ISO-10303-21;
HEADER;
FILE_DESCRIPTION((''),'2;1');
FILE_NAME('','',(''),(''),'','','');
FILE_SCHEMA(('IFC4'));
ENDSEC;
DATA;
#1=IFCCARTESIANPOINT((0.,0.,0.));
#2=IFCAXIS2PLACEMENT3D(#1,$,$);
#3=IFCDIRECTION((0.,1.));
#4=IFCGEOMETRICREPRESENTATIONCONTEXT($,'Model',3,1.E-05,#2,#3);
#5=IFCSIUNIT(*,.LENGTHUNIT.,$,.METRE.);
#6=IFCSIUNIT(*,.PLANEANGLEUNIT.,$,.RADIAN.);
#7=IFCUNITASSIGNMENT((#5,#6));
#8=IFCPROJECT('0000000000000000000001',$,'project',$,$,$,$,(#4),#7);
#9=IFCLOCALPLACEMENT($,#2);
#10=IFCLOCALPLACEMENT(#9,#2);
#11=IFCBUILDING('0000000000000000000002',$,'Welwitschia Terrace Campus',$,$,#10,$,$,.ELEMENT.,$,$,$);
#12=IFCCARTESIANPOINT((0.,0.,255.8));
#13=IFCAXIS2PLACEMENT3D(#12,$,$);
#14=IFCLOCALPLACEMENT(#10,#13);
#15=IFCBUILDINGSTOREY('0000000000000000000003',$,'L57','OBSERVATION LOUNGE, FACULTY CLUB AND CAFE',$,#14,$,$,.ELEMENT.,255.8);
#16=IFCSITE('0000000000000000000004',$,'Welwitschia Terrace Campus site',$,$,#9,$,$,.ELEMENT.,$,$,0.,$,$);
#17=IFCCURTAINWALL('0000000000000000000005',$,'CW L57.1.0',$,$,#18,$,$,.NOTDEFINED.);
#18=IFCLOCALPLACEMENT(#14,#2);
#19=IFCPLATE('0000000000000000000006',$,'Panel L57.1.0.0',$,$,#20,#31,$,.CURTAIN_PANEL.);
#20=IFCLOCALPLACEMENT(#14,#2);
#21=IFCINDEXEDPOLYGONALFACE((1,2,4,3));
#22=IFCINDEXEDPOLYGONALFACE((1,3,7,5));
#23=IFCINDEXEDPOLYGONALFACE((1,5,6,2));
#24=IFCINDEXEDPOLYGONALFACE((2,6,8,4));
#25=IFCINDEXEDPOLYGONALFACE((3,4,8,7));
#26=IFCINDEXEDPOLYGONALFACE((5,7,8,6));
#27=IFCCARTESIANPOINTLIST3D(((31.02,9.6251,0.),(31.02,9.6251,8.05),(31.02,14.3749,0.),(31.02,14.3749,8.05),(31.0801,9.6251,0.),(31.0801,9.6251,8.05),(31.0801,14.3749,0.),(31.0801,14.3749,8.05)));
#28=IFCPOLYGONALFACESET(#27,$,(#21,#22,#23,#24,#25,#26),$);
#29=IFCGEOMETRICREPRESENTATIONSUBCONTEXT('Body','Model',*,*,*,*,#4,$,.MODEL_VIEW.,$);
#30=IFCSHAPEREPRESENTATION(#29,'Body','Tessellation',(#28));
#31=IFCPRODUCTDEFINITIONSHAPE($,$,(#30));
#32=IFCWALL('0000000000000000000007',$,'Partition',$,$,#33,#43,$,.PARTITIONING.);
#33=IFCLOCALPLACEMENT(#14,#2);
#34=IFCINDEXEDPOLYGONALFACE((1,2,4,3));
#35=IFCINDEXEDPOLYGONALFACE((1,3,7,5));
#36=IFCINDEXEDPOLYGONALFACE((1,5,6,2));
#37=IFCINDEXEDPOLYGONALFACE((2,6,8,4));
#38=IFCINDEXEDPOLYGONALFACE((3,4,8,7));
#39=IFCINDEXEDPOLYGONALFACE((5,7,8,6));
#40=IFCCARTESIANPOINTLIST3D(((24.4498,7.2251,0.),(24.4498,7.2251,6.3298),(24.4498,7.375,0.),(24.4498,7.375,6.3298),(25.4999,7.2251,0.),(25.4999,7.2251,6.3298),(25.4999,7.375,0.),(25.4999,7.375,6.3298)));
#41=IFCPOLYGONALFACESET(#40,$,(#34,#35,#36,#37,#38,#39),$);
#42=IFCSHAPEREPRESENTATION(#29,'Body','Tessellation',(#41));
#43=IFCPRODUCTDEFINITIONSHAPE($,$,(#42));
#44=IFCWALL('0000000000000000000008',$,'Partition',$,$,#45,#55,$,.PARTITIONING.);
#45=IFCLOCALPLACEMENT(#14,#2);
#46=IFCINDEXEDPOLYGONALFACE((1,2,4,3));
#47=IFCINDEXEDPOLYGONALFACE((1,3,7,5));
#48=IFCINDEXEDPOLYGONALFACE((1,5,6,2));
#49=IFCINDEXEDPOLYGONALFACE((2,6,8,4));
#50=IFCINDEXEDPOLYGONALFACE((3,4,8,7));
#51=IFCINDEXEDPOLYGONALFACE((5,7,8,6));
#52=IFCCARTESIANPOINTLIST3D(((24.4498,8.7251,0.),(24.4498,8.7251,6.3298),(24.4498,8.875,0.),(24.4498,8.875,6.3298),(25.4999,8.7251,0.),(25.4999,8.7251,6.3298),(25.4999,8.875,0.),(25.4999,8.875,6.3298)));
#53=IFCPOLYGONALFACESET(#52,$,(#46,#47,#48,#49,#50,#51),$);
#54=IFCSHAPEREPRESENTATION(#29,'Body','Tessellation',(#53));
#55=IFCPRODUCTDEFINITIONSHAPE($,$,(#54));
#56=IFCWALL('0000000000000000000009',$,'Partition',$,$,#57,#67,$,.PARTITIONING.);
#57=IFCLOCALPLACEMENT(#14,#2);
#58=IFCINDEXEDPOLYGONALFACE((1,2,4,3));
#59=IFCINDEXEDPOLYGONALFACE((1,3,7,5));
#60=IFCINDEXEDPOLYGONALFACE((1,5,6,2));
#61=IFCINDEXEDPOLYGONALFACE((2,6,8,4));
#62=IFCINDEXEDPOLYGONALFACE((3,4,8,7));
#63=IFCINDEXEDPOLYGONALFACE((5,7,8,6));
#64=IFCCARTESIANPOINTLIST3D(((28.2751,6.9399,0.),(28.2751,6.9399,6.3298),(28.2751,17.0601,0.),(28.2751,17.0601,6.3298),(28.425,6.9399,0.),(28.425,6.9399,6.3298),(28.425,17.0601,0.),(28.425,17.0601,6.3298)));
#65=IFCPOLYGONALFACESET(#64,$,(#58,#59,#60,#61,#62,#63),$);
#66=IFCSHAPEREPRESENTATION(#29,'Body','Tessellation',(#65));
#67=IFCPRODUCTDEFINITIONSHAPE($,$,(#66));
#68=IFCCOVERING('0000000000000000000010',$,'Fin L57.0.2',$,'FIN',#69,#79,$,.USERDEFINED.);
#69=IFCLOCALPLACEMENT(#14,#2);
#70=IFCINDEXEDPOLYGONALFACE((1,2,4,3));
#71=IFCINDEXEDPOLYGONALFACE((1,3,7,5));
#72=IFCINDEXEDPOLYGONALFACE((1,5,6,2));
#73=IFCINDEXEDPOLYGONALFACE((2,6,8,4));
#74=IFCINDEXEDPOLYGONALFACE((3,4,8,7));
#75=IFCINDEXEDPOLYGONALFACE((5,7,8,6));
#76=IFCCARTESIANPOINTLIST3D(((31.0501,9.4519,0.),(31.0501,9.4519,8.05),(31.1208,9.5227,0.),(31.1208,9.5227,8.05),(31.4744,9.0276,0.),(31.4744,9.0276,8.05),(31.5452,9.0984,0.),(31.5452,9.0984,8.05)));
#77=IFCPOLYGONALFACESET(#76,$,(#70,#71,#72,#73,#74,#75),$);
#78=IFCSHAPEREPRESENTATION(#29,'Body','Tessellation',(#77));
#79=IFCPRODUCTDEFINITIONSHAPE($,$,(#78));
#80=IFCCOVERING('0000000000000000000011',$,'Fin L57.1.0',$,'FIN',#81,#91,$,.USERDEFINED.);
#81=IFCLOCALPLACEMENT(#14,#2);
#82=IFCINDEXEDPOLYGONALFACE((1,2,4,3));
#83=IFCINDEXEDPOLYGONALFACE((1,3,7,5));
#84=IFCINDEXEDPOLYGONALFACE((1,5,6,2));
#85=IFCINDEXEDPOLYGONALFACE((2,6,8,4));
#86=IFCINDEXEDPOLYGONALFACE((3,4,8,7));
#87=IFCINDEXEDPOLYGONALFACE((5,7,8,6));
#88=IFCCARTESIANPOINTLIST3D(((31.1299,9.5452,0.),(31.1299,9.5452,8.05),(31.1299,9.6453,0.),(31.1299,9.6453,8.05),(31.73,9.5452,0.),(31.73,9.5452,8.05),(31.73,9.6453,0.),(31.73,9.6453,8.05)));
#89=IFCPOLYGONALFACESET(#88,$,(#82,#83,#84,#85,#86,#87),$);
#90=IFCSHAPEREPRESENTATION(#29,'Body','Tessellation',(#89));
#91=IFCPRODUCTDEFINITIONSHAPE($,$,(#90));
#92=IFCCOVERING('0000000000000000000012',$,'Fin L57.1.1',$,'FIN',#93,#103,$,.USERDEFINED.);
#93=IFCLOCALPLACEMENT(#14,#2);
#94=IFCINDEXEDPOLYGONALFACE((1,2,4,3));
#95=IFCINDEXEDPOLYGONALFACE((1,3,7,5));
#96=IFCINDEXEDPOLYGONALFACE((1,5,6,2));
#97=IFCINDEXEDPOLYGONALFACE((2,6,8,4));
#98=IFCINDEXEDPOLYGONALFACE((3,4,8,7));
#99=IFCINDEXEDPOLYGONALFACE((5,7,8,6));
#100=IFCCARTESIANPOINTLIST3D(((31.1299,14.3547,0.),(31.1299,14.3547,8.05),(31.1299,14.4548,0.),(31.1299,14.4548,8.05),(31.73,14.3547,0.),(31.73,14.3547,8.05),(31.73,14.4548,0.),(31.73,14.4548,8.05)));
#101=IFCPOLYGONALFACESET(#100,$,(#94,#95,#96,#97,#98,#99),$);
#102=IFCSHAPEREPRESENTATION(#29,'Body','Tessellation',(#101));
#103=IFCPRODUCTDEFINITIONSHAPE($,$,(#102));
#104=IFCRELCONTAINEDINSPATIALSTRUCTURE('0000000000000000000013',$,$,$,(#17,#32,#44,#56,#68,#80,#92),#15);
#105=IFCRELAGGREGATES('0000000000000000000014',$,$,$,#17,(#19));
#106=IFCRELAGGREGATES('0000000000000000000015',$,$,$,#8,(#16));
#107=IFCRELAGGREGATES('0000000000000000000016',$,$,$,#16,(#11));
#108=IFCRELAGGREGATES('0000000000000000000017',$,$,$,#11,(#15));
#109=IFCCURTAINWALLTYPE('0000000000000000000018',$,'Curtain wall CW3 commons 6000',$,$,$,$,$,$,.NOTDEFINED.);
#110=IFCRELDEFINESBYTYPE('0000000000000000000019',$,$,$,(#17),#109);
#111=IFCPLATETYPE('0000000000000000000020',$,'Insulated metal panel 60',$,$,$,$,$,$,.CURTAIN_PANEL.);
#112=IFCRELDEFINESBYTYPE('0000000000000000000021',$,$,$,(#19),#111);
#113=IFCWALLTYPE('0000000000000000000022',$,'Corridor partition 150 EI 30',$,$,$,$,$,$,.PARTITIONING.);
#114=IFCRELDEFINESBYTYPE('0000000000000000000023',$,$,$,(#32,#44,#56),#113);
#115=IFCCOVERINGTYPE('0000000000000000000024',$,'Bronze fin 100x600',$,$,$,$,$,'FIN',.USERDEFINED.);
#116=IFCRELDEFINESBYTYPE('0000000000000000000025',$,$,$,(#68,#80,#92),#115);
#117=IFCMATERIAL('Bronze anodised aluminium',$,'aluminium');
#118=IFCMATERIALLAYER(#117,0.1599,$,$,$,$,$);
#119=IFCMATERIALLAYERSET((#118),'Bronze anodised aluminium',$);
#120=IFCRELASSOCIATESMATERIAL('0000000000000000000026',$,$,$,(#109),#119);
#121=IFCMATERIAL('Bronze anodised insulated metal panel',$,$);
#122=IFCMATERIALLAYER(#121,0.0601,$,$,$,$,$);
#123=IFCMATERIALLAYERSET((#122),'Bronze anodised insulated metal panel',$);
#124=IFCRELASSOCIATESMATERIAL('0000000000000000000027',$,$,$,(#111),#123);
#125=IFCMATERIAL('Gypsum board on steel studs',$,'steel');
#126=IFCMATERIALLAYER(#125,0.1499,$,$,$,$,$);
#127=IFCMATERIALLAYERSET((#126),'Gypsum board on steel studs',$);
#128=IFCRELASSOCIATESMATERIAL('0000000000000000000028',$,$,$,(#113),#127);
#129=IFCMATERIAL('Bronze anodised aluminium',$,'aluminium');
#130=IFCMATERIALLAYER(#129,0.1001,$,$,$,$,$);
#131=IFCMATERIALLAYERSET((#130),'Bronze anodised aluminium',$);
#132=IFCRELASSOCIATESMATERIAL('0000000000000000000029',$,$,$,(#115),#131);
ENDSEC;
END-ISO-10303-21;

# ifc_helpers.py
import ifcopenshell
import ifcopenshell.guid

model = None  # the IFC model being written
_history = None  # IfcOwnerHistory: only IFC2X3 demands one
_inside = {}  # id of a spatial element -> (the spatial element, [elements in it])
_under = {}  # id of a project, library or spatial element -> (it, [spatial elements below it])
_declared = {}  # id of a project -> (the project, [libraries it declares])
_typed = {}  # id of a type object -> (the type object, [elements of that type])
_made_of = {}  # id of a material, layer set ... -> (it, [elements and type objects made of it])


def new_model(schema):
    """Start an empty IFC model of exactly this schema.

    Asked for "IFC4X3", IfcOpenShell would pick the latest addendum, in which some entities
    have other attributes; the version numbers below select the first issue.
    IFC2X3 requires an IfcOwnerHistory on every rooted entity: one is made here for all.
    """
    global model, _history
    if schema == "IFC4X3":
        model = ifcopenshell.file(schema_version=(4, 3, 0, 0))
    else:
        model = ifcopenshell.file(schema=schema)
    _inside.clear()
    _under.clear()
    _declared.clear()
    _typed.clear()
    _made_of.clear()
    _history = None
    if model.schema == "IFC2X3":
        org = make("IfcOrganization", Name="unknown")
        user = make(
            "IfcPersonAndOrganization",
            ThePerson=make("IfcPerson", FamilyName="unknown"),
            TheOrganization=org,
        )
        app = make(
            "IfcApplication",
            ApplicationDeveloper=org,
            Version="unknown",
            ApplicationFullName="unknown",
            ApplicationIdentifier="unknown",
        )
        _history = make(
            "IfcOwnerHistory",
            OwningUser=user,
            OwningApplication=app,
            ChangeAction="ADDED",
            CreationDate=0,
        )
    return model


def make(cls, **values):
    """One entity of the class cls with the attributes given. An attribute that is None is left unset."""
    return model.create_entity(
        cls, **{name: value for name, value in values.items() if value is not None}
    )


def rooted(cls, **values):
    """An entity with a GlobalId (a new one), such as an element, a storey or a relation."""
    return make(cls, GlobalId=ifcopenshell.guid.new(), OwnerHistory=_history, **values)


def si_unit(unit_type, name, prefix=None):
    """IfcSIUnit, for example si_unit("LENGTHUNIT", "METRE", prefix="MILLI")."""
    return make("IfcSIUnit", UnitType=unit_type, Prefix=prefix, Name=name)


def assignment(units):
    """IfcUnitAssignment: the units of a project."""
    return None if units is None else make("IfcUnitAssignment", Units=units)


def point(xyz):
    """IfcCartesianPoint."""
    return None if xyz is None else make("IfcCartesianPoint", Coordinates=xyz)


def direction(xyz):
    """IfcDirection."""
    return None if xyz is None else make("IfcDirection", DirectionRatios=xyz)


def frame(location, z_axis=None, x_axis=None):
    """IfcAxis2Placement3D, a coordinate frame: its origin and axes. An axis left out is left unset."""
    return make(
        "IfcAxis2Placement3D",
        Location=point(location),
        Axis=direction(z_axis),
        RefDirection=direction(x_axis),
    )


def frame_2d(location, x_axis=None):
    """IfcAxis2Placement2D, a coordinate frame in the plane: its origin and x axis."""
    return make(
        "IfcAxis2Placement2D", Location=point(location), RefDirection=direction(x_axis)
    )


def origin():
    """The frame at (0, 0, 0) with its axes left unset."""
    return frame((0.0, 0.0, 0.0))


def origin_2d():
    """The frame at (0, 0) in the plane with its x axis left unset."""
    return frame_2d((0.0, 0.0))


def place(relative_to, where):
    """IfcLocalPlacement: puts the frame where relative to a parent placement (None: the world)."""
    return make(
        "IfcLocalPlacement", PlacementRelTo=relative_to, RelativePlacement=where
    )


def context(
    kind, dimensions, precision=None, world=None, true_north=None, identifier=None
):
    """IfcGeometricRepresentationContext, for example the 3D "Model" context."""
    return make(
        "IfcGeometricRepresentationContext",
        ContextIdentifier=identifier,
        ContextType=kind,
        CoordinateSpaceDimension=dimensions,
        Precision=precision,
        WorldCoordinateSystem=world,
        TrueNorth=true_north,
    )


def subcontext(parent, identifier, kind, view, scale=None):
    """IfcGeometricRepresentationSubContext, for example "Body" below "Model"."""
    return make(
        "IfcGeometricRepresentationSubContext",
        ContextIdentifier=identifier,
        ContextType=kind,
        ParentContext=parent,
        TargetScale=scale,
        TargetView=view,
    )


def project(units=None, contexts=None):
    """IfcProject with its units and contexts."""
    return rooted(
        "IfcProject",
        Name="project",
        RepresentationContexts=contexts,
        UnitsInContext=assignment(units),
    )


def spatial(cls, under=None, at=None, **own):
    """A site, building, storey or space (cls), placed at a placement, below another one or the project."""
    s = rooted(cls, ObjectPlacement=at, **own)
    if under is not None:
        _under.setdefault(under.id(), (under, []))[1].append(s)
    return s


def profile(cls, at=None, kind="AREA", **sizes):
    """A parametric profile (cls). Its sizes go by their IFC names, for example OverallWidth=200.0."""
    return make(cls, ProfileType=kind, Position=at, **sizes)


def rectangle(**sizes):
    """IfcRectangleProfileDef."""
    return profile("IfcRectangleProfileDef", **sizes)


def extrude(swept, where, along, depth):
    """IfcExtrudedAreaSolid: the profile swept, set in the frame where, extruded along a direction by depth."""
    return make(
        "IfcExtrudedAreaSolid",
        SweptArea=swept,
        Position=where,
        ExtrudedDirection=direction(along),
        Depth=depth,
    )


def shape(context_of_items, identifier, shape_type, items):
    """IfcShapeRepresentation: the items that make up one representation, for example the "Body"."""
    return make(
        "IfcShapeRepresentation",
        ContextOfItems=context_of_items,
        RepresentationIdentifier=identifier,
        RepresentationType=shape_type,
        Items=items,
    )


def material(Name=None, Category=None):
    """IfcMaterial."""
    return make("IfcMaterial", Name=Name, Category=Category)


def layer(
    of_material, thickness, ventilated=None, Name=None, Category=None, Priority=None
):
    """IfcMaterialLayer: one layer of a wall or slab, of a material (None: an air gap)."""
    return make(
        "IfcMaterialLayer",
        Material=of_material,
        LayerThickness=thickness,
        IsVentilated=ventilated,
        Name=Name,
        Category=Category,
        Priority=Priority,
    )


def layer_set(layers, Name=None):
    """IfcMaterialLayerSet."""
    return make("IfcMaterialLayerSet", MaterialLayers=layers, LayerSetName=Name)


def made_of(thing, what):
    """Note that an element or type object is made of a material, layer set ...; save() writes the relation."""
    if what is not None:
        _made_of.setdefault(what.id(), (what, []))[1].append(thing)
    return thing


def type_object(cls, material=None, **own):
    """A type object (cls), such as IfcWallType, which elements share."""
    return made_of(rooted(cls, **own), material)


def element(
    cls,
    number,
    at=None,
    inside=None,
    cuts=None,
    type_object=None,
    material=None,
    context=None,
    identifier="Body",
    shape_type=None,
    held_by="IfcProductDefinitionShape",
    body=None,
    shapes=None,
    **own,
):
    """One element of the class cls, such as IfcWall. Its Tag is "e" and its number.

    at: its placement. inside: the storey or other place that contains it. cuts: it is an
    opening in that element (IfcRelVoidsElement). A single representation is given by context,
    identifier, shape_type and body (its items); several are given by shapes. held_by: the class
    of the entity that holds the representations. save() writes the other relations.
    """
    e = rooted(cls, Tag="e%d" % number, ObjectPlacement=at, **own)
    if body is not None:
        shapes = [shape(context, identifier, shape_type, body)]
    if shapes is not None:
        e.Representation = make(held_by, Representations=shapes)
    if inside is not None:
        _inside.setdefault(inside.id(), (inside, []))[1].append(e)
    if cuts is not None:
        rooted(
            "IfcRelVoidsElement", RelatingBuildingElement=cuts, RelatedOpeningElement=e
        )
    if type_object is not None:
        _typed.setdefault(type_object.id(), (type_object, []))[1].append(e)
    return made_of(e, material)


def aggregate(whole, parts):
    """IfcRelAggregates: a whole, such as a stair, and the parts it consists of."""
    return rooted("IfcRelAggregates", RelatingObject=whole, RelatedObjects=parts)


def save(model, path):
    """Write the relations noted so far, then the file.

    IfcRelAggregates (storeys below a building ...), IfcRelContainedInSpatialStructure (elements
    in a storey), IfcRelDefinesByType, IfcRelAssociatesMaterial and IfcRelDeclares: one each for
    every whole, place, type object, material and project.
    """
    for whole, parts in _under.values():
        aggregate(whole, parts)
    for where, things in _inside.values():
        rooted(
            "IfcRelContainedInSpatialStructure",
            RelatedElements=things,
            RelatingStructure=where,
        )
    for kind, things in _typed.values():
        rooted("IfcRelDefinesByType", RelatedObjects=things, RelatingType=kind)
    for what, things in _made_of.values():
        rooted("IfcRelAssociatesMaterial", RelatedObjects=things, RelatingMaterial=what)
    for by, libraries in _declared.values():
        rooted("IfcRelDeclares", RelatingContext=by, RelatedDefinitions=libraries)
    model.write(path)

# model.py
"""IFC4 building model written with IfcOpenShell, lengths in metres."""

from ifc_helpers import new_model, si_unit, direction, frame, frame_2d, origin, origin_2d, place, context, subcontext, project, spatial, rectangle, extrude, material, layer, layer_set, type_object, element, aggregate, save


model = new_model("IFC4")

# Units and contexts
model_context = context("Model", 3, precision=1e-05, world=origin(), true_north=direction((0.0, 1.0)))
body_context = subcontext(model_context, "Body", "Model", "MODEL_VIEW")
ifc_project = project(units=[si_unit("LENGTHUNIT", "METRE"), si_unit("PLANEANGLEUNIT", "RADIAN")], contexts=[model_context])

# Site, building, storey
site_placement = place(None, origin())
site = spatial("IfcSite", under=ifc_project, at=site_placement, Name="Welwitschia Terrace Campus site", CompositionType="ELEMENT", RefElevation=0.0)
building_placement = place(site_placement, origin())
building = spatial("IfcBuilding", under=site, at=building_placement, Name="Welwitschia Terrace Campus", CompositionType="ELEMENT")
storey_placement = place(building_placement, frame((0.0, 0.0, 255.8)))
storey = spatial("IfcBuildingStorey", under=building, at=storey_placement, Name="L57", Description="OBSERVATION LOUNGE, FACULTY CLUB AND CAFE", CompositionType="ELEMENT", Elevation=255.8)

# Curtain wall
ifc_material_1 = material(Name="Bronze anodised aluminium", Category="aluminium")
ifc_layer_1 = layer(ifc_material_1, 0.1599)
ifc_layer_set_1 = layer_set([ifc_layer_1], Name="Bronze anodised aluminium")
curtain_wall_type = type_object("IfcCurtainWallType", Name="Curtain wall CW3 commons 6000", PredefinedType="NOTDEFINED", material=ifc_layer_set_1)
curtain_wall_1_placement = place(storey_placement, origin())
curtain_wall_1 = element("IfcCurtainWall", 1, at=curtain_wall_1_placement, inside=storey, type_object=curtain_wall_type, Name="CW L57.1.0", PredefinedType="NOTDEFINED")

# Plate
ifc_material_2 = material(Name="Bronze anodised insulated metal panel")
ifc_layer_2 = layer(ifc_material_2, 0.0601)
ifc_layer_set_2 = layer_set([ifc_layer_2], Name="Bronze anodised insulated metal panel")
plate_type = type_object("IfcPlateType", Name="Insulated metal panel 60", PredefinedType="CURTAIN_PANEL", material=ifc_layer_set_2)
plate_1_placement = place(storey_placement, frame((31.05, 12.0, 0.0), z_axis=(0.0, 0.0, 1.0), x_axis=(0.0, 1.0, 0.0)))
plate_1 = element("IfcPlate", 2, at=plate_1_placement, type_object=plate_type, Name="Panel L57.1.0.0", PredefinedType="CURTAIN_PANEL", context=body_context, shape_type="SweptSolid", body=[
    extrude(rectangle(XDim=4.7498, YDim=0.0601, at=origin_2d()), origin(), (0.0, 0.0, 1.0), 8.05),
])
aggregate(curtain_wall_1, [plate_1])

# Walls
ifc_material_3 = material(Name="Gypsum board on steel studs", Category="steel")
ifc_layer_3 = layer(ifc_material_3, 0.1499)
ifc_layer_set_3 = layer_set([ifc_layer_3], Name="Gypsum board on steel studs")
wall_type = type_object("IfcWallType", Name="Corridor partition 150 EI 30", PredefinedType="PARTITIONING", material=ifc_layer_set_3)
for number, where, z_axis, x_axis, name in (
    (3, (24.45, 7.3, 0.0), (0.0, 0.0, 1.0), (1.0, 0.0, 0.0), "Partition"),
    (4, (24.45, 8.8, 0.0), (0.0, 0.0, 1.0), (1.0, 0.0, 0.0), "Partition"),
):
    element("IfcWall", number, at=place(storey_placement, frame(where, z_axis=z_axis, x_axis=x_axis)), inside=storey, type_object=wall_type, Name=name, PredefinedType="PARTITIONING", context=body_context, shape_type="SweptSolid", body=[
        extrude(rectangle(XDim=1.05, YDim=0.1499, at=frame_2d((0.5249, 0.0))), origin(), (0.0, 0.0, 1.0), 6.3298),
    ])
wall_placement = place(storey_placement, frame((28.3501, 6.9399, 0.0), z_axis=(0.0, 0.0, 1.0), x_axis=(0.0, 1.0, 0.0)))
element("IfcWall", 5, at=wall_placement, inside=storey, type_object=wall_type, Name="Partition", PredefinedType="PARTITIONING", context=body_context, shape_type="SweptSolid", body=[
    extrude(rectangle(XDim=10.1201, YDim=0.1499, at=frame_2d((5.0601, 0.0))), origin(), (0.0, 0.0, 1.0), 6.3298),
])

# Coverings
ifc_material_4 = material(Name="Bronze anodised aluminium", Category="aluminium")
ifc_layer_4 = layer(ifc_material_4, 0.1001)
ifc_layer_set_4 = layer_set([ifc_layer_4], Name="Bronze anodised aluminium")
covering_type = type_object("IfcCoveringType", Name="Bronze fin 100x600", ElementType="FIN", PredefinedType="USERDEFINED", material=ifc_layer_set_4)
for number, where, z_axis, x_axis, name in (
    (6, (31.2976, 9.2751, 0.0), (0.0, 0.0, 1.0), (0.707107, 0.707107, 0.0), "Fin L57.0.2"),
    (7, (31.4299, 9.5952, 0.0), (0.0, 0.0, 1.0), (0.0, 1.0, 0.0), "Fin L57.1.0"),
    (8, (31.4299, 14.4048, 0.0), (0.0, 0.0, 1.0), (0.0, 1.0, 0.0), "Fin L57.1.1"),
):
    element("IfcCovering", number, at=place(storey_placement, frame(where, z_axis=z_axis, x_axis=x_axis)), inside=storey, type_object=covering_type, Name=name, ObjectType="FIN", PredefinedType="USERDEFINED", context=body_context, shape_type="SweptSolid", body=[
        extrude(rectangle(XDim=0.1001, YDim=0.6001, at=origin_2d()), origin(), (0.0, 0.0, 1.0), 8.05),
    ])

save(model, "model.ifc")
